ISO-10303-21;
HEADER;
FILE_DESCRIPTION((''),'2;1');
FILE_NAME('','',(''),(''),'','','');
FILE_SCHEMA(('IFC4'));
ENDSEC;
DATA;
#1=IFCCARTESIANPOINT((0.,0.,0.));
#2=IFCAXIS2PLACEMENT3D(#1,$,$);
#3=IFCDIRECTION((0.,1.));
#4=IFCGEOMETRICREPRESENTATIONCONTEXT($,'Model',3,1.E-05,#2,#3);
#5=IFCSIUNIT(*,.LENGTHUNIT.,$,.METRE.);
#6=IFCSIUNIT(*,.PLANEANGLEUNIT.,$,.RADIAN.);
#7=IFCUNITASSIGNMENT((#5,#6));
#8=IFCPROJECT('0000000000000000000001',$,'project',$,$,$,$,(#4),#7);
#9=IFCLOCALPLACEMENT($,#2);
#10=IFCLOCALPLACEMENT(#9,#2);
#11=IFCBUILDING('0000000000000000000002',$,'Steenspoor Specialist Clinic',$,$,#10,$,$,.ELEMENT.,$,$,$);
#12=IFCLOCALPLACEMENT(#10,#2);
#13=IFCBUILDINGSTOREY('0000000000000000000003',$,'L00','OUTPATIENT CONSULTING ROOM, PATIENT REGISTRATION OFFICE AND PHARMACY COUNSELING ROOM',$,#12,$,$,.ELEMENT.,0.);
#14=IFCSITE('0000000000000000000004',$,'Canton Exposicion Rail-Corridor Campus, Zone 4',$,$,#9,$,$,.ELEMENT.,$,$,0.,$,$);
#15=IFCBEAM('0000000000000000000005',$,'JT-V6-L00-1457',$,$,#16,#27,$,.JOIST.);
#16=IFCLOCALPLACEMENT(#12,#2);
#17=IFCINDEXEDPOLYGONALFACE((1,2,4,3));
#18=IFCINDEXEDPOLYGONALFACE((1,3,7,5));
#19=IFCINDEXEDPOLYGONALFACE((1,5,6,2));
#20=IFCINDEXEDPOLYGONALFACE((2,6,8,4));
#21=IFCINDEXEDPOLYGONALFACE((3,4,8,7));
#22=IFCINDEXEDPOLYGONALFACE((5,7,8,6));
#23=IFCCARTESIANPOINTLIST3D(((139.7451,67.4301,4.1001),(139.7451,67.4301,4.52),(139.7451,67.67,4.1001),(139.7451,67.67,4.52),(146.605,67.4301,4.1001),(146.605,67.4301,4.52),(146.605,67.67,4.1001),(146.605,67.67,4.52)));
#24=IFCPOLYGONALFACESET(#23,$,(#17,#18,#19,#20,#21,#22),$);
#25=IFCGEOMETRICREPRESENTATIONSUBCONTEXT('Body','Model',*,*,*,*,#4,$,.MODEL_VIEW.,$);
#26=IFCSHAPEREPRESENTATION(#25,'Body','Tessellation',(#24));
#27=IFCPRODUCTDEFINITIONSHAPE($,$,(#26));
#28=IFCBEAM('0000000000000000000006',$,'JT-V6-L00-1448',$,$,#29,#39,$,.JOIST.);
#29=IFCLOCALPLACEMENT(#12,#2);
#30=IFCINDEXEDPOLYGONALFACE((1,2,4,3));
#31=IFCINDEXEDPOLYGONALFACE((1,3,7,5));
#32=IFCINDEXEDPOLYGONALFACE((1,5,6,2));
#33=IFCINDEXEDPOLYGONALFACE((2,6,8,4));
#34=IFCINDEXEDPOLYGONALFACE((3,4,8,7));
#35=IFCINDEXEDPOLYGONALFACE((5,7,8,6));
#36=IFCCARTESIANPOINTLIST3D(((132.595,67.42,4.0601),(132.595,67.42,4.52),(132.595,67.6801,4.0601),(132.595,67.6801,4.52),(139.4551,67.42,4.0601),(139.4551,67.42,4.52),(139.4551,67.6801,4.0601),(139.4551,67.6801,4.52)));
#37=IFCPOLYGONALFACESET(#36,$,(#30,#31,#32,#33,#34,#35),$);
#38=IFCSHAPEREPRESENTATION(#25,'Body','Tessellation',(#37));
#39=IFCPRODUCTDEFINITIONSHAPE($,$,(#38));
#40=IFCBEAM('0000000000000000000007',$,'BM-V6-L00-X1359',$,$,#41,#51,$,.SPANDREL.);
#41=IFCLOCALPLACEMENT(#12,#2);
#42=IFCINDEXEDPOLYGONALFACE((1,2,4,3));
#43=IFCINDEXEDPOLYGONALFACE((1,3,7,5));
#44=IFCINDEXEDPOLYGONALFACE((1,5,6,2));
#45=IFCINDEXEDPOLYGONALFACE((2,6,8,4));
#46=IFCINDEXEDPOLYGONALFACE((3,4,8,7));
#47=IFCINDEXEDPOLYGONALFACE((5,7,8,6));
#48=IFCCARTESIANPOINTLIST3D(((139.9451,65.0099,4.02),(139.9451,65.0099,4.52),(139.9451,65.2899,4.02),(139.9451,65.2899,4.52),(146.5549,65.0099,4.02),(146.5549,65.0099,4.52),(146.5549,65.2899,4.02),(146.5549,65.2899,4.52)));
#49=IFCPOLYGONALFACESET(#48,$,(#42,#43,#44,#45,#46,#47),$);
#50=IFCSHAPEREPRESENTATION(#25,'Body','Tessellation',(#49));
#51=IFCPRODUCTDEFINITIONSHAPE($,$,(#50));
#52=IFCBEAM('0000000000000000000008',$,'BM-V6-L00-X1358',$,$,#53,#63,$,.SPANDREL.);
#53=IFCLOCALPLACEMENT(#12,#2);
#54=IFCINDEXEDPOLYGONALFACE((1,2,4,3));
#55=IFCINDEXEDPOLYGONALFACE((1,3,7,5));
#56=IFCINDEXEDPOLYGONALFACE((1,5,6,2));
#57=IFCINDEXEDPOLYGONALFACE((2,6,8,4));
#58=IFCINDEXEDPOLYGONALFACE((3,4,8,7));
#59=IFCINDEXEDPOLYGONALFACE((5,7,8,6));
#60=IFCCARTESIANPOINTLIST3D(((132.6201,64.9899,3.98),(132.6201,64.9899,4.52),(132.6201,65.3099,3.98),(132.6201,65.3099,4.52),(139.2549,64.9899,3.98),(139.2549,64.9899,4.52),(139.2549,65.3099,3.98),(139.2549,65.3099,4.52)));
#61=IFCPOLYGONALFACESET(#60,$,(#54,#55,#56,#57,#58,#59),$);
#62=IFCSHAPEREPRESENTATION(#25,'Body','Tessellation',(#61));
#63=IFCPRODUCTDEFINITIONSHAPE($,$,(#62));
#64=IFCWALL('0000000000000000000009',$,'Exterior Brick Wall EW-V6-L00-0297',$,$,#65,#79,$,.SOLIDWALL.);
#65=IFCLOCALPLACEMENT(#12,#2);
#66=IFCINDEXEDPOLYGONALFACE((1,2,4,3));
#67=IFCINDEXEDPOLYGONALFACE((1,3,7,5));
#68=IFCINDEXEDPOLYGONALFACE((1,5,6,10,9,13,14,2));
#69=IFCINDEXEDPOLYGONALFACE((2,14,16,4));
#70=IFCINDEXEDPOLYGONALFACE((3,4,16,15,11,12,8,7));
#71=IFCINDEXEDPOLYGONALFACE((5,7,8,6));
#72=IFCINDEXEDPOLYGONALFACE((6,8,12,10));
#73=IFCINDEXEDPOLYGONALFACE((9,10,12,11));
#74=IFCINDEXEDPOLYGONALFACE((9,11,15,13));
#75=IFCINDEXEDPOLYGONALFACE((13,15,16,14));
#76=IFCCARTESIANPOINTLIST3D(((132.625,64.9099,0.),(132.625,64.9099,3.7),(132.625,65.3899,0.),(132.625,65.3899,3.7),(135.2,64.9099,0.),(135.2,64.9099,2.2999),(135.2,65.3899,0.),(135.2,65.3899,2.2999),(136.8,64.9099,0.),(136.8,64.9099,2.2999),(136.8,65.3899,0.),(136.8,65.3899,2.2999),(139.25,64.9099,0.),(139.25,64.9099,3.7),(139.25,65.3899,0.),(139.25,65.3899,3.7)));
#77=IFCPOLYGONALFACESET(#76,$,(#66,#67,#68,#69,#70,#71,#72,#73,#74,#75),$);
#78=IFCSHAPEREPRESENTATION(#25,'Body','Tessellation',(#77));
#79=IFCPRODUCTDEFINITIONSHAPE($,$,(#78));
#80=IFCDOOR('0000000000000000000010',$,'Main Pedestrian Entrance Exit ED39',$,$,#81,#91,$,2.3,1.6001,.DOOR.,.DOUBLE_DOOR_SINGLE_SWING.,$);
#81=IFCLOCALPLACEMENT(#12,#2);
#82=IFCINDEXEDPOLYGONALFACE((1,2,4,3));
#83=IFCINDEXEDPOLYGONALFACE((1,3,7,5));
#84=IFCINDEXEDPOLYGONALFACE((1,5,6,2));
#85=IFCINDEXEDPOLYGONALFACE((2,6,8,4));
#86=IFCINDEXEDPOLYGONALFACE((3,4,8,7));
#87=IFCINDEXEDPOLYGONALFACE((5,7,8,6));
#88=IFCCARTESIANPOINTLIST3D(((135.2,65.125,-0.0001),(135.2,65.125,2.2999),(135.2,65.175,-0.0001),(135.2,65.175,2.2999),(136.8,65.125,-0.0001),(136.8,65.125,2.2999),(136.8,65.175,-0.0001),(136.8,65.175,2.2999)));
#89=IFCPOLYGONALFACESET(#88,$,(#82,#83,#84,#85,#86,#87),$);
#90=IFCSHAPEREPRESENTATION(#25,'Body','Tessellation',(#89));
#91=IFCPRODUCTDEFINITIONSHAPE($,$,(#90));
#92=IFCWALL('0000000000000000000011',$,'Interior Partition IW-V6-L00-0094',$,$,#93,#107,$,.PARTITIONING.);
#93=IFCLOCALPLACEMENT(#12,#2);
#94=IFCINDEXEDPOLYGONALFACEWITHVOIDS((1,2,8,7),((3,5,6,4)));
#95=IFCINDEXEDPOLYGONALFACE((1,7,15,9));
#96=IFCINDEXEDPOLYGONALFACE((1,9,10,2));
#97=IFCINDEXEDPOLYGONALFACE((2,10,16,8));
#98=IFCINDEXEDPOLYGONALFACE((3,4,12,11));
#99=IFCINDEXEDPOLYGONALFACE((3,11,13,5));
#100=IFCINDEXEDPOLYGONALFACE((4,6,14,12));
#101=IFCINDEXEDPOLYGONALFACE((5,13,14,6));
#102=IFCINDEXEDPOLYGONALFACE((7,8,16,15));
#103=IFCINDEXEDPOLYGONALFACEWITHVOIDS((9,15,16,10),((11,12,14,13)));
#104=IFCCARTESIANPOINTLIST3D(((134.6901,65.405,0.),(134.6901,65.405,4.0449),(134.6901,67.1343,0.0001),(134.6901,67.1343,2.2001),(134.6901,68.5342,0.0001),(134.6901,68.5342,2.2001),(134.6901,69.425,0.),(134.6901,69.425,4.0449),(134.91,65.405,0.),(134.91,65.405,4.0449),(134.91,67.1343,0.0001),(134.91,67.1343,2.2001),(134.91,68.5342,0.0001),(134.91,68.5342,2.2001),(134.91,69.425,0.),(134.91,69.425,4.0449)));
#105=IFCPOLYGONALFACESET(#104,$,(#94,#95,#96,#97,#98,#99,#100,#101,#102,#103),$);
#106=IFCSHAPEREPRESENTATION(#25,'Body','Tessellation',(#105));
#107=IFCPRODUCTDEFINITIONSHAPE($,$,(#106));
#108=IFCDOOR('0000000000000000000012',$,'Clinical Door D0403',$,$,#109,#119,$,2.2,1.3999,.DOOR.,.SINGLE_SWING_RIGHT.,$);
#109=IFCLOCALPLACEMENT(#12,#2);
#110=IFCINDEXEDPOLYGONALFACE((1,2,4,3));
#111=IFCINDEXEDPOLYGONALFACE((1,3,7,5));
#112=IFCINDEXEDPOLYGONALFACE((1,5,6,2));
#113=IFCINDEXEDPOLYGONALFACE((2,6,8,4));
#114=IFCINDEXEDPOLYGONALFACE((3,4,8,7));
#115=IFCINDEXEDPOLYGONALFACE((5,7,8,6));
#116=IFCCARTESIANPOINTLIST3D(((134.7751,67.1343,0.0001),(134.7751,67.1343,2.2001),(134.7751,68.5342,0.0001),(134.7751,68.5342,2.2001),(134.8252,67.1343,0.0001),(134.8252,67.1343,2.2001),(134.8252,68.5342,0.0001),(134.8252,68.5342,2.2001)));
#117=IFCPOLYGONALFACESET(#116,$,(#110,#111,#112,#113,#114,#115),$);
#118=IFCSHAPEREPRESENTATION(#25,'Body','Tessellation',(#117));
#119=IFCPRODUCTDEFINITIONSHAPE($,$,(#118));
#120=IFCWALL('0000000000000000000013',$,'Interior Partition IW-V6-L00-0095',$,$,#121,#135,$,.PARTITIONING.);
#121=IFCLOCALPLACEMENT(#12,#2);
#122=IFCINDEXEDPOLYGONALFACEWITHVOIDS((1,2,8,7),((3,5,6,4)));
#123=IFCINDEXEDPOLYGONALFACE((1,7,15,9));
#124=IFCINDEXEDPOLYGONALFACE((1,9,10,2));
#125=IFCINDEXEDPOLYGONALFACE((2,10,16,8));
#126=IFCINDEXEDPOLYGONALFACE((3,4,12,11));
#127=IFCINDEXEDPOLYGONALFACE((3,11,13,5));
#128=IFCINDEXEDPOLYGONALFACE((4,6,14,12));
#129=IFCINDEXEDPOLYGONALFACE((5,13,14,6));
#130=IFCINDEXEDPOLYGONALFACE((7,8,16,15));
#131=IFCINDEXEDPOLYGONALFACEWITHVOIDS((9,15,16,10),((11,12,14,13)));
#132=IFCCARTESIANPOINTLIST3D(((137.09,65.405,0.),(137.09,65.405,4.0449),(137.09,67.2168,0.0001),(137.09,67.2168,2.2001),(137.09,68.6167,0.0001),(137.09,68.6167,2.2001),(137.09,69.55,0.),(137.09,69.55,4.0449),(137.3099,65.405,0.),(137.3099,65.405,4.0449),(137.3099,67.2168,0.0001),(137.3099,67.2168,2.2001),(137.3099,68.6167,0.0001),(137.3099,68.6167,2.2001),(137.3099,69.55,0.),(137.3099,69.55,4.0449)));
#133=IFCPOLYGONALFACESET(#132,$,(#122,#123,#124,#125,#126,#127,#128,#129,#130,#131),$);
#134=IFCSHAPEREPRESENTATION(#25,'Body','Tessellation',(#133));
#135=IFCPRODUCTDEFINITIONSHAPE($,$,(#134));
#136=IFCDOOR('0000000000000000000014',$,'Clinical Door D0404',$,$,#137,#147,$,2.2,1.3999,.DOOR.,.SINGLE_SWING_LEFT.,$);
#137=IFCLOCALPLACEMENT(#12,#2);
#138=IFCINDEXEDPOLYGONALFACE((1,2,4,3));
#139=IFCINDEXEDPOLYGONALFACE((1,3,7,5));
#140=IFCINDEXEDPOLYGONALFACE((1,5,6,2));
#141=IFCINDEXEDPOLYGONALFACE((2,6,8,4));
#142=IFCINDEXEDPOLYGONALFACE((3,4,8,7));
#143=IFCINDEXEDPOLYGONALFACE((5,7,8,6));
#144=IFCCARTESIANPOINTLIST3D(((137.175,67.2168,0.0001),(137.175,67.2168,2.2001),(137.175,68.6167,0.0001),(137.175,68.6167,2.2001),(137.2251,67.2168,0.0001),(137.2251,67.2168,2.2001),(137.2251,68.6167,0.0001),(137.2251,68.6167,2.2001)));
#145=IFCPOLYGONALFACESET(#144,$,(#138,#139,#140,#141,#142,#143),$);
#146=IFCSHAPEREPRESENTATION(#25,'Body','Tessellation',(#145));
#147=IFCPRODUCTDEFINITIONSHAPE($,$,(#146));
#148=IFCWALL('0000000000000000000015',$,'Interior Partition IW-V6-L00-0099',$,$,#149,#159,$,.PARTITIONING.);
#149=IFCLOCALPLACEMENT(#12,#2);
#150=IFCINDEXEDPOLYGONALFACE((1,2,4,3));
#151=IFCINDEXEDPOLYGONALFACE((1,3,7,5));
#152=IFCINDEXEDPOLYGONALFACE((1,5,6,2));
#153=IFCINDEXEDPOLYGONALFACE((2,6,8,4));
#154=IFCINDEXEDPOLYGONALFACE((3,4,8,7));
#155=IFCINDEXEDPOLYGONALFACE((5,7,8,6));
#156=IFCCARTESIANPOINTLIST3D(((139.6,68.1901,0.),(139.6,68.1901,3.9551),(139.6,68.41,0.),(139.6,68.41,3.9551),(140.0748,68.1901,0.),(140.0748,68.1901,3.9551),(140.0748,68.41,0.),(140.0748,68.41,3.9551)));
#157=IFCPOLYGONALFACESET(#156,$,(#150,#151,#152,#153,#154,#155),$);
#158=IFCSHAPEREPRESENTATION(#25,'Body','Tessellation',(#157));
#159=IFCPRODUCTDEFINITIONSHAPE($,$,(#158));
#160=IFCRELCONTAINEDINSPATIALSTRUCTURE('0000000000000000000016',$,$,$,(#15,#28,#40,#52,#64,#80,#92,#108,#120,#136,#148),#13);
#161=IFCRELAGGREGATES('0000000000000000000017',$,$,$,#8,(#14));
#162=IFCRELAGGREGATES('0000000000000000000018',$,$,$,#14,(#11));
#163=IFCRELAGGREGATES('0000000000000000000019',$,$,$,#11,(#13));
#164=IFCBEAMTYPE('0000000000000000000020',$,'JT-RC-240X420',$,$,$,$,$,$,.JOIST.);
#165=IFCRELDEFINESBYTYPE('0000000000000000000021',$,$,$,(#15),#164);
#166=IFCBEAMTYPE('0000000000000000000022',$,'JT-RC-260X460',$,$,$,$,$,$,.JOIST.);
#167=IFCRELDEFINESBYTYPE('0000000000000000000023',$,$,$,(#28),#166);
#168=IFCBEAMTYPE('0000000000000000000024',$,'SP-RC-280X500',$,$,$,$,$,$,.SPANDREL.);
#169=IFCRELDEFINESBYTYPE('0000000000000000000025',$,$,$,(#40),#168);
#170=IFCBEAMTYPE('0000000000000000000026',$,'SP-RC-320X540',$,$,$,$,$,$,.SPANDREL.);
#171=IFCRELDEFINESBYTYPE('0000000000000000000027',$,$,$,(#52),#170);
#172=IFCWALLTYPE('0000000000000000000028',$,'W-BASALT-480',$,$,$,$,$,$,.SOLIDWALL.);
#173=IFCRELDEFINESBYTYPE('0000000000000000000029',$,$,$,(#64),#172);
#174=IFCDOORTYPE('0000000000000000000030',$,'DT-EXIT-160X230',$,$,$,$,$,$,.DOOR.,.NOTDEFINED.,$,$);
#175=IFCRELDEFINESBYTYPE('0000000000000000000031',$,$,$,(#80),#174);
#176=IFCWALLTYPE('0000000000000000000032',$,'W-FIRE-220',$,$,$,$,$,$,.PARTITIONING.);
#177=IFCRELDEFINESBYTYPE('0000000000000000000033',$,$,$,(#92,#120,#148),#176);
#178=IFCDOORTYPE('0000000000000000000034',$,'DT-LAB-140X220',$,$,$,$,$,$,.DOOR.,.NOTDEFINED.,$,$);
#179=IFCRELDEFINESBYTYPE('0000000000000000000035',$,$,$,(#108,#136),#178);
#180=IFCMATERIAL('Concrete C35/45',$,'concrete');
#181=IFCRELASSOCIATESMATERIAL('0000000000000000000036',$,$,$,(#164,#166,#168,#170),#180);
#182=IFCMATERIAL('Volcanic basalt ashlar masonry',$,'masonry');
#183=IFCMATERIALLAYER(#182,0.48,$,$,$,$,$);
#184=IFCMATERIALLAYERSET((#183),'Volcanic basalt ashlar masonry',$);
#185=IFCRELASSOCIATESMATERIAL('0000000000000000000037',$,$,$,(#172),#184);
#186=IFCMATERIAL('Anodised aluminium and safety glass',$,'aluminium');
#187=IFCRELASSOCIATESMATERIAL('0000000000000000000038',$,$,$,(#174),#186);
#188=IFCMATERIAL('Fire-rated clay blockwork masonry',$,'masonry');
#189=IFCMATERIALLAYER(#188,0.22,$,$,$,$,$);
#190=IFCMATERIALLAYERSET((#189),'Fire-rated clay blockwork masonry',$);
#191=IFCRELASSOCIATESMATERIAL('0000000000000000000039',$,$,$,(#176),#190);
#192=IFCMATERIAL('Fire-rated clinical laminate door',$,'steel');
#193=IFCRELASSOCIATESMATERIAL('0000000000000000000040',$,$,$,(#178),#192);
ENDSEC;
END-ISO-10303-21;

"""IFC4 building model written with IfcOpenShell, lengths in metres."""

from ifc_helpers import new_model, si_unit, direction, frame, frame_2d, origin, origin_2d, place, context, subcontext, project, spatial, rectangle, extrude, material, layer, layer_set, material_profile, profile_set, type_object, element, fill, save


model = new_model("IFC4")

# Units and contexts
model_context = context("Model", 3, precision=1e-05, world=origin(), true_north=direction((0.0, 1.0)))
body_context = subcontext(model_context, "Body", "Model", "MODEL_VIEW")
ifc_project = project(units=[si_unit("LENGTHUNIT", "METRE"), si_unit("PLANEANGLEUNIT", "RADIAN")], contexts=[model_context])

# Site, building, storey
site_placement = place(None, origin())
site = spatial("IfcSite", under=ifc_project, at=site_placement, Name="Canton Exposicion Rail-Corridor Campus, Zone 4", CompositionType="ELEMENT", RefElevation=0.0)
building_placement = place(site_placement, origin())
building = spatial("IfcBuilding", under=site, at=building_placement, Name="Steenspoor Specialist Clinic", CompositionType="ELEMENT")
storey_placement = place(building_placement, origin())
storey = spatial("IfcBuildingStorey", under=building, at=storey_placement, Name="L00", Description="OUTPATIENT CONSULTING ROOM, PATIENT REGISTRATION OFFICE AND PHARMACY COUNSELING ROOM", CompositionType="ELEMENT", Elevation=0.0)

# Shared definitions
ifc_material_1 = material(Name="Concrete C35/45", Category="concrete")

# Beams
ifc_material_profile_1 = material_profile(ifc_material_1, rectangle(XDim=0.24, YDim=0.4199, at=origin_2d()), Name="RC-JT-240X420")
ifc_profile_set_1 = profile_set([ifc_material_profile_1], Name="Concrete C35/45")
beam_type_1 = type_object("IfcBeamType", Name="JT-RC-240X420", PredefinedType="JOIST", material=ifc_profile_set_1)
beam_1_placement = place(storey_placement, frame((139.7451, 67.55, 4.3101), z_axis=(1.0, 0.0, 0.0), x_axis=(0.0, 1.0, 0.0)))
element("IfcBeam", 1, at=beam_1_placement, inside=storey, type_object=beam_type_1, Name="JT-V6-L00-1457", PredefinedType="JOIST", context=body_context, shape_type="SweptSolid", body=[
    extrude(rectangle(XDim=0.24, YDim=0.4199, at=origin_2d()), origin(), (0.0, 0.0, 1.0), 6.8599),
])
ifc_material_profile_2 = material_profile(ifc_material_1, rectangle(XDim=0.26, YDim=0.46, at=origin_2d()), Name="RC-JT-260X460")
ifc_profile_set_2 = profile_set([ifc_material_profile_2], Name="Concrete C35/45")
beam_type_2 = type_object("IfcBeamType", Name="JT-RC-260X460", PredefinedType="JOIST", material=ifc_profile_set_2)
beam_2_placement = place(storey_placement, frame((132.595, 67.55, 4.29), z_axis=(1.0, 0.0, 0.0), x_axis=(0.0, 1.0, 0.0)))
element("IfcBeam", 2, at=beam_2_placement, inside=storey, type_object=beam_type_2, Name="JT-V6-L00-1448", PredefinedType="JOIST", context=body_context, shape_type="SweptSolid", body=[
    extrude(rectangle(XDim=0.26, YDim=0.46, at=origin_2d()), origin(), (0.0, 0.0, 1.0), 6.8601),
])
ifc_material_profile_3 = material_profile(ifc_material_1, rectangle(XDim=0.28, YDim=0.5, at=origin_2d()), Name="RC-SP-280X500")
ifc_profile_set_3 = profile_set([ifc_material_profile_3], Name="Concrete C35/45")
beam_type_3 = type_object("IfcBeamType", Name="SP-RC-280X500", PredefinedType="SPANDREL", material=ifc_profile_set_3)
beam_3_placement = place(storey_placement, frame((139.9451, 65.1499, 4.27), z_axis=(1.0, 0.0, 0.0), x_axis=(0.0, 1.0, 0.0)))
element("IfcBeam", 3, at=beam_3_placement, inside=storey, type_object=beam_type_3, Name="BM-V6-L00-X1359", PredefinedType="SPANDREL", context=body_context, shape_type="SweptSolid", body=[
    extrude(rectangle(XDim=0.28, YDim=0.5, at=origin_2d()), origin(), (0.0, 0.0, 1.0), 6.6099),
])
ifc_material_profile_4 = material_profile(ifc_material_1, rectangle(XDim=0.3201, YDim=0.54, at=origin_2d()), Name="RC-SP-320X540")
ifc_profile_set_4 = profile_set([ifc_material_profile_4], Name="Concrete C35/45")
beam_type_4 = type_object("IfcBeamType", Name="SP-RC-320X540", PredefinedType="SPANDREL", material=ifc_profile_set_4)
beam_4_placement = place(storey_placement, frame((132.6201, 65.1499, 4.25), z_axis=(1.0, 0.0, 0.0), x_axis=(0.0, 1.0, 0.0)))
element("IfcBeam", 4, at=beam_4_placement, inside=storey, type_object=beam_type_4, Name="BM-V6-L00-X1358", PredefinedType="SPANDREL", context=body_context, shape_type="SweptSolid", body=[
    extrude(rectangle(XDim=0.3201, YDim=0.54, at=origin_2d()), origin(), (0.0, 0.0, 1.0), 6.6348),
])

# Walls, openings, doors
ifc_material_2 = material(Name="Volcanic basalt ashlar masonry", Category="masonry")
ifc_layer_1 = layer(ifc_material_2, 0.48)
ifc_layer_set_1 = layer_set([ifc_layer_1], Name="Volcanic basalt ashlar masonry")
wall_type_1 = type_object("IfcWallType", Name="W-BASALT-480", PredefinedType="SOLIDWALL", material=ifc_layer_set_1)
wall_1_placement = place(storey_placement, frame((139.25, 65.1499, 0.0), z_axis=(0.0, 0.0, 1.0), x_axis=(-1.0, 0.0, 0.0)))
wall_1 = element("IfcWall", 5, at=wall_1_placement, inside=storey, type_object=wall_type_1, Name="Exterior Brick Wall EW-V6-L00-0297", PredefinedType="SOLIDWALL", context=body_context, shape_type="SweptSolid", body=[
    extrude(rectangle(XDim=6.625, YDim=0.48, at=frame_2d((3.3125, 0.0))), origin(), (0.0, 0.0, 1.0), 3.7),
])
opening_1_placement = place(wall_1_placement, frame((2.45, 0.0, 0.0)))
opening_1 = element("IfcOpeningElement", 6, at=opening_1_placement, cuts=wall_1, PredefinedType="OPENING", context=body_context, shape_type="SweptSolid", body=[
    extrude(rectangle(XDim=1.6001, YDim=2.3, at=frame_2d((0.8, 1.1499))), frame((0.0, 0.25, 0.0), z_axis=(0.0, -1.0, 0.0), x_axis=(1.0, 0.0, 0.0)), (0.0, 0.0, 1.0), 0.5),
])
ifc_material_3 = material(Name="Anodised aluminium and safety glass", Category="aluminium")
door_type_1 = type_object("IfcDoorType", Name="DT-EXIT-160X230", OperationType="NOTDEFINED", PredefinedType="DOOR", material=ifc_material_3)
door_1_placement = place(opening_1_placement, origin())
door_1 = element("IfcDoor", 7, at=door_1_placement, inside=storey, type_object=door_type_1, Name="Main Pedestrian Entrance Exit ED39", OperationType="DOUBLE_DOOR_SINGLE_SWING", OverallHeight=2.3, OverallWidth=1.6001, PredefinedType="DOOR", context=body_context, shape_type="SweptSolid", body=[
    extrude(rectangle(XDim=1.6001, YDim=2.3, at=frame_2d((0.8, 1.1499))), frame((0.0, 0.0249, 0.0), z_axis=(0.0, -1.0, 0.0), x_axis=(1.0, 0.0, 0.0)), (0.0, 0.0, 1.0), 0.05),
])
fill(opening_1, door_1)
ifc_material_4 = material(Name="Fire-rated clay blockwork masonry", Category="masonry")
ifc_layer_2 = layer(ifc_material_4, 0.22)
ifc_layer_set_2 = layer_set([ifc_layer_2], Name="Fire-rated clay blockwork masonry")
wall_type_2 = type_object("IfcWallType", Name="W-FIRE-220", PredefinedType="PARTITIONING", material=ifc_layer_set_2)
wall_2_placement = place(storey_placement, frame((134.8, 65.405, 0.0), z_axis=(0.0, 0.0, 1.0), x_axis=(0.0, 1.0, 0.0)))
wall_2 = element("IfcWall", 8, at=wall_2_placement, inside=storey, type_object=wall_type_2, Name="Interior Partition IW-V6-L00-0094", PredefinedType="PARTITIONING", context=body_context, shape_type="SweptSolid", body=[
    extrude(rectangle(XDim=4.02, YDim=0.22, at=frame_2d((2.01, 0.0))), origin(), (0.0, 0.0, 1.0), 4.0449),
])
opening_2_placement = place(wall_2_placement, frame((1.7292, 0.0, 0.0)))
opening_2 = element("IfcOpeningElement", 9, at=opening_2_placement, cuts=wall_2, PredefinedType="OPENING", context=body_context, shape_type="SweptSolid", body=[
    extrude(rectangle(XDim=1.3999, YDim=2.2, at=frame_2d((0.7, 1.1001))), frame((0.0, 0.1201, 0.0), z_axis=(0.0, -1.0, 0.0), x_axis=(1.0, 0.0, 0.0)), (0.0, 0.0, 1.0), 0.24),
])
ifc_material_5 = material(Name="Fire-rated clinical laminate door", Category="steel")
door_type_2 = type_object("IfcDoorType", Name="DT-LAB-140X220", OperationType="NOTDEFINED", PredefinedType="DOOR", material=ifc_material_5)
door_2_placement = place(opening_2_placement, origin())
door_2 = element("IfcDoor", 10, at=door_2_placement, inside=storey, type_object=door_type_2, Name="Clinical Door D0403", OperationType="SINGLE_SWING_RIGHT", OverallHeight=2.2, OverallWidth=1.3999, PredefinedType="DOOR", context=body_context, shape_type="SweptSolid", body=[
    extrude(rectangle(XDim=1.3999, YDim=2.2, at=frame_2d((0.7, 1.1001))), frame((0.0, 0.0249, 0.0), z_axis=(0.0, -1.0, 0.0), x_axis=(1.0, 0.0, 0.0)), (0.0, 0.0, 1.0), 0.05),
])
fill(opening_2, door_2)
wall_3_placement = place(storey_placement, frame((137.2, 65.405, 0.0), z_axis=(0.0, 0.0, 1.0), x_axis=(0.0, 1.0, 0.0)))
wall_3 = element("IfcWall", 11, at=wall_3_placement, inside=storey, type_object=wall_type_2, Name="Interior Partition IW-V6-L00-0095", PredefinedType="PARTITIONING", context=body_context, shape_type="SweptSolid", body=[
    extrude(rectangle(XDim=4.145, YDim=0.22, at=frame_2d((2.0725, 0.0))), origin(), (0.0, 0.0, 1.0), 4.0449),
])
opening_3_placement = place(wall_3_placement, frame((1.8118, 0.0, 0.0)))
opening_3 = element("IfcOpeningElement", 12, at=opening_3_placement, cuts=wall_3, PredefinedType="OPENING", context=body_context, shape_type="SweptSolid", body=[
    extrude(rectangle(XDim=1.3999, YDim=2.2, at=frame_2d((0.7, 1.1001))), frame((0.0, 0.1201, 0.0), z_axis=(0.0, -1.0, 0.0), x_axis=(1.0, 0.0, 0.0)), (0.0, 0.0, 1.0), 0.24),
])
door_3_placement = place(opening_3_placement, origin())
door_3 = element("IfcDoor", 13, at=door_3_placement, inside=storey, type_object=door_type_2, Name="Clinical Door D0404", OperationType="SINGLE_SWING_LEFT", OverallHeight=2.2, OverallWidth=1.3999, PredefinedType="DOOR", context=body_context, shape_type="SweptSolid", body=[
    extrude(rectangle(XDim=1.3999, YDim=2.2, at=frame_2d((0.7, 1.1001))), frame((0.0, 0.0249, 0.0), z_axis=(0.0, -1.0, 0.0), x_axis=(1.0, 0.0, 0.0)), (0.0, 0.0, 1.0), 0.05),
])
fill(opening_3, door_3)

# Wall
wall_4_placement = place(storey_placement, frame((139.6001, 68.3, 0.0), z_axis=(0.0, 0.0, 1.0), x_axis=(1.0, 0.0, 0.0)))
element("IfcWall", 14, at=wall_4_placement, inside=storey, type_object=wall_type_2, Name="Interior Partition IW-V6-L00-0099", PredefinedType="PARTITIONING", context=body_context, shape_type="SweptSolid", body=[
    extrude(rectangle(XDim=0.4749, YDim=0.22, at=frame_2d((0.2373, 0.0))), origin(), (0.0, 0.0, 1.0), 3.9551),
])

save(model, "model.ifc")
